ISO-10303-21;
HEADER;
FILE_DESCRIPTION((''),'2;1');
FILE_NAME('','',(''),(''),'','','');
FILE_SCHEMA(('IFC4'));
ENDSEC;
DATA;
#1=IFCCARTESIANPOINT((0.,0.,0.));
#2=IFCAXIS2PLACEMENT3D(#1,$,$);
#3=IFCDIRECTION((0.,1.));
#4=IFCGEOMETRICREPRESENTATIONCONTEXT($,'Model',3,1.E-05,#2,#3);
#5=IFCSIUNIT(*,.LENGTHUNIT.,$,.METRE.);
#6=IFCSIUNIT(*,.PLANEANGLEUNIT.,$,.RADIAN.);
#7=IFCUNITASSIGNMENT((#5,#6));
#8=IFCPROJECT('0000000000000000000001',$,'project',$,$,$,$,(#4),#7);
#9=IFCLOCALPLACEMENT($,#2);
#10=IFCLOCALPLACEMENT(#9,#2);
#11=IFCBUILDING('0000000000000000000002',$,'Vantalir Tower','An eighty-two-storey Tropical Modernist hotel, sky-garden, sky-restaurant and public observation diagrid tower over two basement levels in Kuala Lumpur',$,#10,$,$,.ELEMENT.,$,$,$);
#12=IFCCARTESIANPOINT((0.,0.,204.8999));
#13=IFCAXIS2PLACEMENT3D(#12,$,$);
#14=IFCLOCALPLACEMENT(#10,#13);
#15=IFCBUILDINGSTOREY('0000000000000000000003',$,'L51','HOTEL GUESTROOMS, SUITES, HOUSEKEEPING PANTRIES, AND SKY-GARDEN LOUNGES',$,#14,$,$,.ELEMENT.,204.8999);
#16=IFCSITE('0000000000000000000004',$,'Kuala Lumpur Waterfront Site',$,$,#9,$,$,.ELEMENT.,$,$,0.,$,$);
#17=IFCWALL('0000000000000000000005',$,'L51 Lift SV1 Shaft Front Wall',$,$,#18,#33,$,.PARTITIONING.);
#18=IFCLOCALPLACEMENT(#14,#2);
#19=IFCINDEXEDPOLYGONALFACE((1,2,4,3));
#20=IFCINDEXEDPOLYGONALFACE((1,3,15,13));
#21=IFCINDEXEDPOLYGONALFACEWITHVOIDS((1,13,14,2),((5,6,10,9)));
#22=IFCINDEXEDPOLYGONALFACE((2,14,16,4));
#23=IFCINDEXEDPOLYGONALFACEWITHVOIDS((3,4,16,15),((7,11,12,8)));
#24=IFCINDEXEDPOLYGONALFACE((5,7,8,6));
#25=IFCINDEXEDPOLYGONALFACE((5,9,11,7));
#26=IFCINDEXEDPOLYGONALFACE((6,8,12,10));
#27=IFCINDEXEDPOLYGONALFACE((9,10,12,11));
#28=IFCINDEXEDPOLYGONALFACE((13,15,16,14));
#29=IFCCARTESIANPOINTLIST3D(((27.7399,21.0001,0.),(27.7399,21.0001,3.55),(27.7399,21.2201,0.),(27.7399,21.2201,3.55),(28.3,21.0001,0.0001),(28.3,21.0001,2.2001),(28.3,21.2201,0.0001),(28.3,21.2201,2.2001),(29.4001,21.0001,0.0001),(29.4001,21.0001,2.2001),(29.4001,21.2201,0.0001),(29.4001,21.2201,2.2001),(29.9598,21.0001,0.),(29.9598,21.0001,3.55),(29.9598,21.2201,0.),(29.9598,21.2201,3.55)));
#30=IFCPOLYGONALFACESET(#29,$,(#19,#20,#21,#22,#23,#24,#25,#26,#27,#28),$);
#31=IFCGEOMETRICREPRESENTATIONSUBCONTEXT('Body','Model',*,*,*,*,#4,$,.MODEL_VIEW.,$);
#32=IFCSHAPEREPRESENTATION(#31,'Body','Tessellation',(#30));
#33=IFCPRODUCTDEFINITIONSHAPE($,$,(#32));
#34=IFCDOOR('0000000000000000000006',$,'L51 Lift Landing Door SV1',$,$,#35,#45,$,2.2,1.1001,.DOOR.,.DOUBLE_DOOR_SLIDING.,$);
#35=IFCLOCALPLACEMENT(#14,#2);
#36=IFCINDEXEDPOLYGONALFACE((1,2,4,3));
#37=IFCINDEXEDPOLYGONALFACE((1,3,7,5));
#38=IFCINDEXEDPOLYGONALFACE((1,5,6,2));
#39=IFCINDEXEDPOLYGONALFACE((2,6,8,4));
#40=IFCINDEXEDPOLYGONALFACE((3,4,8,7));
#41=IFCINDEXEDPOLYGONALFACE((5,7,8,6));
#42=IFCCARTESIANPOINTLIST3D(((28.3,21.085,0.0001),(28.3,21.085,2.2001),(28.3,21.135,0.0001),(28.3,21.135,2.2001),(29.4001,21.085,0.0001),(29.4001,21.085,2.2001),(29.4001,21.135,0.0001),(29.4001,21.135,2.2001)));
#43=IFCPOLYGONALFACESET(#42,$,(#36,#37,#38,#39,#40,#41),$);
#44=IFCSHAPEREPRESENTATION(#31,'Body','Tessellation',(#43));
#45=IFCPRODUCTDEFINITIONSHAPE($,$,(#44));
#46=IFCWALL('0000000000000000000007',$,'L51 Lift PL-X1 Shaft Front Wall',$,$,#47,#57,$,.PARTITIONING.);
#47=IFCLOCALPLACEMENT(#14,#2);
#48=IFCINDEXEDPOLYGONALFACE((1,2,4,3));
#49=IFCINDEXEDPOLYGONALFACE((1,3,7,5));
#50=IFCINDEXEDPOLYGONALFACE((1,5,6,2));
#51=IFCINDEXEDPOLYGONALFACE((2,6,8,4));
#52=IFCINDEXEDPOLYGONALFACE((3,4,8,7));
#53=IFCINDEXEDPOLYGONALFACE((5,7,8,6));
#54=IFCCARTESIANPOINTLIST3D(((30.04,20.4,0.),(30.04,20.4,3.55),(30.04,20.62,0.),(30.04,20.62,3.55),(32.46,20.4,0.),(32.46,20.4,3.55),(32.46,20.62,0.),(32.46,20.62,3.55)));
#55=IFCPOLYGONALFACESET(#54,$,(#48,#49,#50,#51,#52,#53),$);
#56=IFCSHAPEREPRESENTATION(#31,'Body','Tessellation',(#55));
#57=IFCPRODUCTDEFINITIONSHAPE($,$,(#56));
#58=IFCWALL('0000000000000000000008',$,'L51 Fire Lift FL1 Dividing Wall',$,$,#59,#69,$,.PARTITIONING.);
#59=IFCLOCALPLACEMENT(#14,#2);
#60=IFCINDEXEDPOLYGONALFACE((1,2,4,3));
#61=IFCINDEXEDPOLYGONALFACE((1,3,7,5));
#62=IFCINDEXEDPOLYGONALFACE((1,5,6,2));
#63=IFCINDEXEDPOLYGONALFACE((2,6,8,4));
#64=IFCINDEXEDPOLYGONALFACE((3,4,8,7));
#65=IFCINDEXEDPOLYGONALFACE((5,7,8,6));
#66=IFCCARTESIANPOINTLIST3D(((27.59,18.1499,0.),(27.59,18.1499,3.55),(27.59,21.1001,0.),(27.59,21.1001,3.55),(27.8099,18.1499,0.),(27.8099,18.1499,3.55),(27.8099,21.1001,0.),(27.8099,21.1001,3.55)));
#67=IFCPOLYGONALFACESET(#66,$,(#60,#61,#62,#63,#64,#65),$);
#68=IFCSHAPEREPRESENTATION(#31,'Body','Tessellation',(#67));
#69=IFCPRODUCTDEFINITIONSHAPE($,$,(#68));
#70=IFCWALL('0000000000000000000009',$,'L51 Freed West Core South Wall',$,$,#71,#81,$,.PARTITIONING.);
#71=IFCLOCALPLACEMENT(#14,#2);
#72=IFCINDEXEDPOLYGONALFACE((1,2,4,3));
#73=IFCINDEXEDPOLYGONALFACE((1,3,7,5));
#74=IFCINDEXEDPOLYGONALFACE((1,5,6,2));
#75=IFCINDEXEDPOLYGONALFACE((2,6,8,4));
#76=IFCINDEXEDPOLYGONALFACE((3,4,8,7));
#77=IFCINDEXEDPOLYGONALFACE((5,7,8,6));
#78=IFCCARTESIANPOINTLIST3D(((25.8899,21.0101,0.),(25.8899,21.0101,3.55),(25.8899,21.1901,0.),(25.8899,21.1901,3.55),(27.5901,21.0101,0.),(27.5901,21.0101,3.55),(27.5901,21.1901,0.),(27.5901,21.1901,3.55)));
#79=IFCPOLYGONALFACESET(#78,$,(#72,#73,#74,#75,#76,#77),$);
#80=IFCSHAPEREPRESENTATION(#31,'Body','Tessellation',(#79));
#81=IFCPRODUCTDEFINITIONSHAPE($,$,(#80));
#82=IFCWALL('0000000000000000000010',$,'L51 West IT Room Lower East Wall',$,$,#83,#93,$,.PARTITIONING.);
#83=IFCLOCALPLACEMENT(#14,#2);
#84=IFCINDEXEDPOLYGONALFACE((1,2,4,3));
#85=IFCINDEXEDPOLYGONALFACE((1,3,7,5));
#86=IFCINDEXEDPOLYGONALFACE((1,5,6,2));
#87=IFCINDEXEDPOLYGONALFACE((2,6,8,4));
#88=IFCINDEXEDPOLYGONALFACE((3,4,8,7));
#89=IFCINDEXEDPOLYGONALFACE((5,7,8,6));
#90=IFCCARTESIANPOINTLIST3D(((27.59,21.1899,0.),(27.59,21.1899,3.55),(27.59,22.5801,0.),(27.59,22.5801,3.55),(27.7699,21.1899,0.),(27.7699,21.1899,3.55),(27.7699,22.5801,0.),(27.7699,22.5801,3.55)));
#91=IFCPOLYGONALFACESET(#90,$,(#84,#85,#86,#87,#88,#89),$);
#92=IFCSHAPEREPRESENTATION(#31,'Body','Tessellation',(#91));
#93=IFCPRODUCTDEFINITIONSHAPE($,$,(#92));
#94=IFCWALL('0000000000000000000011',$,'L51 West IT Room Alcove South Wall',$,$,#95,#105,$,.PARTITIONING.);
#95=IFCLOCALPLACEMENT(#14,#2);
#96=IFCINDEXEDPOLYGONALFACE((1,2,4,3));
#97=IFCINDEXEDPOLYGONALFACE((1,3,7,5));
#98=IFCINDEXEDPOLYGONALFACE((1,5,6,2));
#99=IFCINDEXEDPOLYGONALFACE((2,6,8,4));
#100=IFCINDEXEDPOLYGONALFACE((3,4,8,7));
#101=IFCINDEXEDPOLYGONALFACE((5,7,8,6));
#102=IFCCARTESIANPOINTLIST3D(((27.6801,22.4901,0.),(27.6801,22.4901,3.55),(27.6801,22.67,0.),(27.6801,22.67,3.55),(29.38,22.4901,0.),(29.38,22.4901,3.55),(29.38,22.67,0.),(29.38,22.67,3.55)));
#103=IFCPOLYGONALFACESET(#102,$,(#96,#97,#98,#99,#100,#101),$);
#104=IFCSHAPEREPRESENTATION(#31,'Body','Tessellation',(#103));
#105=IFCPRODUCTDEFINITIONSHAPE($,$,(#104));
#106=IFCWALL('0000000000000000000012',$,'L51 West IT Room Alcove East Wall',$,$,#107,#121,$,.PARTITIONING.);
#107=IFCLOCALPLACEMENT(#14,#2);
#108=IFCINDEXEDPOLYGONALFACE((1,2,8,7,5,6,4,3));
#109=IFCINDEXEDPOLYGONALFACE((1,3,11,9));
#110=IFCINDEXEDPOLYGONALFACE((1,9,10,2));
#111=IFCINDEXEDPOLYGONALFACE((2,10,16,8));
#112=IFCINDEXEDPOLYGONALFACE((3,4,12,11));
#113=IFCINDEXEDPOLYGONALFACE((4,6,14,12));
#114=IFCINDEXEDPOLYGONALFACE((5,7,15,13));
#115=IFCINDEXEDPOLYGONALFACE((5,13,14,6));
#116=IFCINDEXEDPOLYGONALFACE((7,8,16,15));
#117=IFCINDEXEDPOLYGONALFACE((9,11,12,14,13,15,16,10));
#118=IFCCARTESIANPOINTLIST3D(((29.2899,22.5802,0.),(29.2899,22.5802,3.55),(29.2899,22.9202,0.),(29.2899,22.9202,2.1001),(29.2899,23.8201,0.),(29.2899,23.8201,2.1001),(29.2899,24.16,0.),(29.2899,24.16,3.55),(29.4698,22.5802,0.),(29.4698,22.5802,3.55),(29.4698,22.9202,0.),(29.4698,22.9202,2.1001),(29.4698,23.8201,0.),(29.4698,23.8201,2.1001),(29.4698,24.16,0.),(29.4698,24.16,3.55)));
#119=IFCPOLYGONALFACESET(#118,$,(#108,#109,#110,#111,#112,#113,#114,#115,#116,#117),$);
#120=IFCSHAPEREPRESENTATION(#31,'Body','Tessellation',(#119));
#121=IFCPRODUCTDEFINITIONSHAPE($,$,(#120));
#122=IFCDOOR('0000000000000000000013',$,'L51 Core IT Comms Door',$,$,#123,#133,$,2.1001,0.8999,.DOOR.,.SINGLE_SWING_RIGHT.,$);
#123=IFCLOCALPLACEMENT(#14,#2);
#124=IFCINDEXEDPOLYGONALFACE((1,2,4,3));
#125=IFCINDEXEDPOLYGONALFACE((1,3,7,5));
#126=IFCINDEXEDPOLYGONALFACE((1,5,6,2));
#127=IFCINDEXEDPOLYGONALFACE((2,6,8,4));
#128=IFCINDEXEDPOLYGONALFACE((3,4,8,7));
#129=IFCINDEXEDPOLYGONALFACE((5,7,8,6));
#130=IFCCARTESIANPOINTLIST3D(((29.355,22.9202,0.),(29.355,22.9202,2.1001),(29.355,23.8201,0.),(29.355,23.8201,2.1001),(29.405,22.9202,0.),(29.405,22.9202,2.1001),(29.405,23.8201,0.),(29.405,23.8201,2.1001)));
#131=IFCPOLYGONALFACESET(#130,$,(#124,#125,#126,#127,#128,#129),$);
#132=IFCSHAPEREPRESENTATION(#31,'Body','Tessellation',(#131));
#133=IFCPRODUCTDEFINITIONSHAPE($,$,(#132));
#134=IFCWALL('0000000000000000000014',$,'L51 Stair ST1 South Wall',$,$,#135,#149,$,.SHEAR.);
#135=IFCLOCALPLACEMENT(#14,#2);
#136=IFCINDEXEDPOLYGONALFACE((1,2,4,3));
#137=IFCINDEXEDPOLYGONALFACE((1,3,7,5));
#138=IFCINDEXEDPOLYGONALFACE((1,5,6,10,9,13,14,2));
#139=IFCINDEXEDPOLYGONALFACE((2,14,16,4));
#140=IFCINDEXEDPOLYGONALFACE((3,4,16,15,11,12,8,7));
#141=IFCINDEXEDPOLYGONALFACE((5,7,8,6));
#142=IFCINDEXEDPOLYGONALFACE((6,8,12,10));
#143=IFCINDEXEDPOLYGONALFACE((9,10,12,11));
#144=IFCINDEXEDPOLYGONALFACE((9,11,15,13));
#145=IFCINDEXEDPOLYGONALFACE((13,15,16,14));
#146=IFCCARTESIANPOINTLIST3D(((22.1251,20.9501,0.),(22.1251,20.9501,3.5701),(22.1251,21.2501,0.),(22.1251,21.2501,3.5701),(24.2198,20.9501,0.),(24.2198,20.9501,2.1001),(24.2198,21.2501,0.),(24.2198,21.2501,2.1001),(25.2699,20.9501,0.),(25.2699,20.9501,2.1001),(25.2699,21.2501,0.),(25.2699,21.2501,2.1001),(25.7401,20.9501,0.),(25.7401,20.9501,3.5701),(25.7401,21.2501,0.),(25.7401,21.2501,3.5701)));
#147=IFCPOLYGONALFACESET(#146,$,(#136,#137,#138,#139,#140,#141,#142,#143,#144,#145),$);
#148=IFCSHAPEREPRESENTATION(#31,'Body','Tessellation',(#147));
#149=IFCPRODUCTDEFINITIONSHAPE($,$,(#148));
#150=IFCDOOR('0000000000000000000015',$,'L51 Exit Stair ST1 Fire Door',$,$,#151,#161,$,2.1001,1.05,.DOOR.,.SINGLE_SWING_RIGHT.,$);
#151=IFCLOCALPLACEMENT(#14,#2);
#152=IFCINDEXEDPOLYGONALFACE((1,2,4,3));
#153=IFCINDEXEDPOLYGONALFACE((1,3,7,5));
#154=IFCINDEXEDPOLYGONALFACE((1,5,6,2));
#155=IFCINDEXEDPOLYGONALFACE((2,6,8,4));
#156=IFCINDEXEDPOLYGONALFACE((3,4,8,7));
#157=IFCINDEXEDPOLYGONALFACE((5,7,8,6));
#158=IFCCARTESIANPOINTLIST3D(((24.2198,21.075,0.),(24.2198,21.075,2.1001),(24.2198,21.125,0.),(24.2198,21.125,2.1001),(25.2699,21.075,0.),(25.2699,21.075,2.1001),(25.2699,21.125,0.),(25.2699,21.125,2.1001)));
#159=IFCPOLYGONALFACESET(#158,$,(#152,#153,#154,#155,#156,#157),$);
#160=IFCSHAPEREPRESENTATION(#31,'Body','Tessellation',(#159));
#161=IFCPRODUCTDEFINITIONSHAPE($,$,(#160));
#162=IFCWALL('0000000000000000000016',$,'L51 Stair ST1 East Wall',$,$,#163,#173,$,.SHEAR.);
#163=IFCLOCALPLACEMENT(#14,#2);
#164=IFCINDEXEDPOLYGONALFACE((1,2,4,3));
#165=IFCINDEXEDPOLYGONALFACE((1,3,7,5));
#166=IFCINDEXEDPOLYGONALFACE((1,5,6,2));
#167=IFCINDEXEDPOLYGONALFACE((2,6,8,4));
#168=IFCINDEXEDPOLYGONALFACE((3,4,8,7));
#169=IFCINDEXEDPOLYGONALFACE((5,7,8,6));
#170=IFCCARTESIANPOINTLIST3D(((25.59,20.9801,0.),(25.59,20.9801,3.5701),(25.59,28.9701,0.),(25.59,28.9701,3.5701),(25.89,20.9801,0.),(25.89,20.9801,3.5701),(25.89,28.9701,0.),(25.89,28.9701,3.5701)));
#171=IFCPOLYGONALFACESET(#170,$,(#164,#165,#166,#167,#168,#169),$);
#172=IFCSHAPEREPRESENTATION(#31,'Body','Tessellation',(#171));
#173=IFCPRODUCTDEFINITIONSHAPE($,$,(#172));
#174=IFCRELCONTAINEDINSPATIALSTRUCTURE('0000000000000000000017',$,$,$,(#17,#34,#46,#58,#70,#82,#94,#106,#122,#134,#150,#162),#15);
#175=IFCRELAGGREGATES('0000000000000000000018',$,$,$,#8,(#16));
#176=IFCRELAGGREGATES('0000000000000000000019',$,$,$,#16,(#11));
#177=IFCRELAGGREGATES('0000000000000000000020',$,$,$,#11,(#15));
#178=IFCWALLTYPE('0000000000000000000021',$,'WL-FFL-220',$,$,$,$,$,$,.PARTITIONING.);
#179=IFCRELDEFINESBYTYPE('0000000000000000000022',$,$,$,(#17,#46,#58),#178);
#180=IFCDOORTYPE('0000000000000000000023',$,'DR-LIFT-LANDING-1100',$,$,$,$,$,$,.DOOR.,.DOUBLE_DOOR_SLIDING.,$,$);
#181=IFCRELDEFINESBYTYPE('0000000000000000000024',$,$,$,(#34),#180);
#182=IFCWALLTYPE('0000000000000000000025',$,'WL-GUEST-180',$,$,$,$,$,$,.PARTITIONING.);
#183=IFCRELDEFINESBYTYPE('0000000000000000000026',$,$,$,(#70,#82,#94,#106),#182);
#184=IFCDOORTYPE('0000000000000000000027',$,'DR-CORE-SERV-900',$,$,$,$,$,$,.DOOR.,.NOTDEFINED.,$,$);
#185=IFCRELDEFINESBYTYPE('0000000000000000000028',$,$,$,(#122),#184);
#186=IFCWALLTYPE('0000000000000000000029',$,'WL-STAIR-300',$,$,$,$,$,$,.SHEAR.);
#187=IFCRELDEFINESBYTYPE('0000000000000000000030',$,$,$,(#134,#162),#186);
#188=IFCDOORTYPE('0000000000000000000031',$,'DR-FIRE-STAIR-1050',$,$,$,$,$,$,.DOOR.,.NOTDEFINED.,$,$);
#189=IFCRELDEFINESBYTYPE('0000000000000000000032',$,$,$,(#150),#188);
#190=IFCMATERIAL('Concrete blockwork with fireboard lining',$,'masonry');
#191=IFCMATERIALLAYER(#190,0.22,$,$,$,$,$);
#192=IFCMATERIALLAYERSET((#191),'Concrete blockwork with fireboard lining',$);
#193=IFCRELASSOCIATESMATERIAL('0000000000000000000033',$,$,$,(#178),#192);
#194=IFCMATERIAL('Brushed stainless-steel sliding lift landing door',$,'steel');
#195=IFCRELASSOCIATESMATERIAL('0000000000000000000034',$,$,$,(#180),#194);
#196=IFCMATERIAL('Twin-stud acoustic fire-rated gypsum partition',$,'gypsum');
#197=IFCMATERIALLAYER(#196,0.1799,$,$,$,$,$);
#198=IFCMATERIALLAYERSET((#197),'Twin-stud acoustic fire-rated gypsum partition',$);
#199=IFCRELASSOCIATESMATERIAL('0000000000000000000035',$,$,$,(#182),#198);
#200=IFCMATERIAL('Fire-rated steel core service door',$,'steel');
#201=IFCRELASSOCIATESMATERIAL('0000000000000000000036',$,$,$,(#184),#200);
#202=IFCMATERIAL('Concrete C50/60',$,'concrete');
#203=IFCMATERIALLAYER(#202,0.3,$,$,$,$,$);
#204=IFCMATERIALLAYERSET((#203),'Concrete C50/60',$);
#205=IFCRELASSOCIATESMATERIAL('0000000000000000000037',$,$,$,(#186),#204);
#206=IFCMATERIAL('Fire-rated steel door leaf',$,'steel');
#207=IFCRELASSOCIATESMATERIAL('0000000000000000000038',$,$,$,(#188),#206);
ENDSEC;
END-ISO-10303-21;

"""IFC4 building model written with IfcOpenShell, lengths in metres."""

from ifc_helpers import new_model, si_unit, direction, frame, frame_2d, origin, place, context, subcontext, project, spatial, rectangle, extrude, material, layer, layer_set, type_object, element, fill, save


model = new_model("IFC4")

# Units and contexts
model_context = context("Model", 3, precision=1e-05, world=origin(), true_north=direction((0.0, 1.0)))
body_context = subcontext(model_context, "Body", "Model", "MODEL_VIEW")
ifc_project = project(units=[si_unit("LENGTHUNIT", "METRE"), si_unit("PLANEANGLEUNIT", "RADIAN")], contexts=[model_context])

# Site, building, storey
site_placement = place(None, origin())
site = spatial("IfcSite", under=ifc_project, at=site_placement, Name="Kuala Lumpur Waterfront Site", CompositionType="ELEMENT", RefElevation=0.0)
building_placement = place(site_placement, origin())
building = spatial("IfcBuilding", under=site, at=building_placement, Name="Vantalir Tower", Description="An eighty-two-storey Tropical Modernist hotel, sky-garden, sky-restaurant and public observation diagrid tower over two basement levels in Kuala Lumpur", CompositionType="ELEMENT")
storey_placement = place(building_placement, frame((0.0, 0.0, 204.8999)))
storey = spatial("IfcBuildingStorey", under=building, at=storey_placement, Name="L51", Description="HOTEL GUESTROOMS, SUITES, HOUSEKEEPING PANTRIES, AND SKY-GARDEN LOUNGES", CompositionType="ELEMENT", Elevation=204.8999)

# Shared definitions
ifc_material_1 = material(Name="Concrete C50/60", Category="concrete")

# Shared definitions
ifc_material_2 = material(Name="Concrete blockwork with fireboard lining", Category="masonry")
ifc_layer_1 = layer(ifc_material_2, 0.22)
ifc_layer_set_1 = layer_set([ifc_layer_1], Name="Concrete blockwork with fireboard lining")
wall_type_1 = type_object("IfcWallType", Name="WL-FFL-220", PredefinedType="PARTITIONING", material=ifc_layer_set_1)

# Wall, opening, door
ifc_material_3 = material(Name="Brushed stainless-steel sliding lift landing door", Category="steel")
door_type_1 = type_object("IfcDoorType", Name="DR-LIFT-LANDING-1100", OperationType="DOUBLE_DOOR_SLIDING", PredefinedType="DOOR", material=ifc_material_3)
wall_1_placement = place(storey_placement, frame((27.74, 21.1101, 0.0), z_axis=(0.0, 0.0, 1.0), x_axis=(1.0, 0.0, 0.0)))
wall_1 = element("IfcWall", 1, at=wall_1_placement, inside=storey, type_object=wall_type_1, Name="L51 Lift SV1 Shaft Front Wall", PredefinedType="PARTITIONING", context=body_context, shape_type="SweptSolid", body=[
    extrude(rectangle(XDim=2.22, YDim=0.22, at=frame_2d((1.1099, 0.0))), origin(), (0.0, 0.0, 1.0), 3.55),
])
opening_1_placement = place(wall_1_placement, frame((0.5601, 0.0, 0.0)))
opening_1 = element("IfcOpeningElement", 2, at=opening_1_placement, cuts=wall_1, PredefinedType="OPENING", context=body_context, shape_type="SweptSolid", body=[
    extrude(rectangle(XDim=1.1001, YDim=2.2, at=frame_2d((0.55, 1.1001))), frame((0.0, 0.1199, 0.0), z_axis=(0.0, -1.0, 0.0), x_axis=(1.0, 0.0, 0.0)), (0.0, 0.0, 1.0), 0.24),
])
door_1_placement = place(opening_1_placement, origin())
door_1 = element("IfcDoor", 3, at=door_1_placement, inside=storey, type_object=door_type_1, Name="L51 Lift Landing Door SV1", OperationType="DOUBLE_DOOR_SLIDING", OverallHeight=2.2, OverallWidth=1.1001, PredefinedType="DOOR", context=body_context, shape_type="SweptSolid", body=[
    extrude(rectangle(XDim=1.1001, YDim=2.2, at=frame_2d((0.55, 1.1001))), frame((0.0, 0.0249, 0.0), z_axis=(0.0, -1.0, 0.0), x_axis=(1.0, 0.0, 0.0)), (0.0, 0.0, 1.0), 0.05),
])
fill(opening_1, door_1)

# Walls
wall_2_placement = place(storey_placement, frame((30.04, 20.51, 0.0), z_axis=(0.0, 0.0, 1.0), x_axis=(1.0, 0.0, 0.0)))
element("IfcWall", 4, at=wall_2_placement, inside=storey, type_object=wall_type_1, Name="L51 Lift PL-X1 Shaft Front Wall", PredefinedType="PARTITIONING", context=body_context, shape_type="SweptSolid", body=[
    extrude(rectangle(XDim=2.4199, YDim=0.22, at=frame_2d((1.21, 0.0))), origin(), (0.0, 0.0, 1.0), 3.55),
])
wall_3_placement = place(storey_placement, frame((27.7, 18.1499, 0.0), z_axis=(0.0, 0.0, 1.0), x_axis=(0.0, 1.0, 0.0)))
element("IfcWall", 5, at=wall_3_placement, inside=storey, type_object=wall_type_1, Name="L51 Fire Lift FL1 Dividing Wall", PredefinedType="PARTITIONING", context=body_context, shape_type="SweptSolid", body=[
    extrude(rectangle(XDim=2.9502, YDim=0.22, at=frame_2d((1.4751, 0.0))), origin(), (0.0, 0.0, 1.0), 3.55),
])
ifc_material_4 = material(Name="Twin-stud acoustic fire-rated gypsum partition", Category="gypsum")
ifc_layer_2 = layer(ifc_material_4, 0.1799)
ifc_layer_set_2 = layer_set([ifc_layer_2], Name="Twin-stud acoustic fire-rated gypsum partition")
wall_type_2 = type_object("IfcWallType", Name="WL-GUEST-180", PredefinedType="PARTITIONING", material=ifc_layer_set_2)
wall_4_placement = place(storey_placement, frame((25.8899, 21.1001, 0.0), z_axis=(0.0, 0.0, 1.0), x_axis=(1.0, 0.0, 0.0)))
element("IfcWall", 6, at=wall_4_placement, inside=storey, type_object=wall_type_2, Name="L51 Freed West Core South Wall", PredefinedType="PARTITIONING", context=body_context, shape_type="SweptSolid", body=[
    extrude(rectangle(XDim=1.7002, YDim=0.1799, at=frame_2d((0.8501, 0.0))), origin(), (0.0, 0.0, 1.0), 3.55),
])
wall_5_placement = place(storey_placement, frame((27.6799, 21.1899, 0.0), z_axis=(0.0, 0.0, 1.0), x_axis=(0.0, 1.0, 0.0)))
element("IfcWall", 7, at=wall_5_placement, inside=storey, type_object=wall_type_2, Name="L51 West IT Room Lower East Wall", PredefinedType="PARTITIONING", context=body_context, shape_type="SweptSolid", body=[
    extrude(rectangle(XDim=1.3901, YDim=0.1799, at=frame_2d((0.6951, 0.0))), origin(), (0.0, 0.0, 1.0), 3.55),
])
wall_6_placement = place(storey_placement, frame((27.6799, 22.5801, 0.0), z_axis=(0.0, 0.0, 1.0), x_axis=(1.0, 0.0, 0.0)))
element("IfcWall", 8, at=wall_6_placement, inside=storey, type_object=wall_type_2, Name="L51 West IT Room Alcove South Wall", PredefinedType="PARTITIONING", context=body_context, shape_type="SweptSolid", body=[
    extrude(rectangle(XDim=1.7, YDim=0.1799, at=frame_2d((0.8501, 0.0))), origin(), (0.0, 0.0, 1.0), 3.55),
])

# Walls, openings, doors
wall_7_placement = place(storey_placement, frame((29.3799, 22.5801, 0.0), z_axis=(0.0, 0.0, 1.0), x_axis=(0.0, 1.0, 0.0)))
wall_7 = element("IfcWall", 9, at=wall_7_placement, inside=storey, type_object=wall_type_2, Name="L51 West IT Room Alcove East Wall", PredefinedType="PARTITIONING", context=body_context, shape_type="SweptSolid", body=[
    extrude(rectangle(XDim=1.5798, YDim=0.1799, at=frame_2d((0.79, 0.0))), origin(), (0.0, 0.0, 1.0), 3.55),
])
opening_2_placement = place(wall_7_placement, frame((0.3401, 0.0, 0.0)))
opening_2 = element("IfcOpeningElement", 10, at=opening_2_placement, cuts=wall_7, PredefinedType="OPENING", context=body_context, shape_type="SweptSolid", body=[
    extrude(rectangle(XDim=0.8999, YDim=2.1001, at=frame_2d((0.45, 1.05))), frame((0.0, 0.0999, 0.0), z_axis=(0.0, -1.0, 0.0), x_axis=(1.0, 0.0, 0.0)), (0.0, 0.0, 1.0), 0.2),
])
ifc_material_5 = material(Name="Fire-rated steel core service door", Category="steel")
door_type_2 = type_object("IfcDoorType", Name="DR-CORE-SERV-900", OperationType="NOTDEFINED", PredefinedType="DOOR", material=ifc_material_5)
door_2_placement = place(opening_2_placement, origin())
door_2 = element("IfcDoor", 11, at=door_2_placement, inside=storey, type_object=door_type_2, Name="L51 Core IT Comms Door", OperationType="SINGLE_SWING_RIGHT", OverallHeight=2.1001, OverallWidth=0.8999, PredefinedType="DOOR", context=body_context, shape_type="SweptSolid", body=[
    extrude(rectangle(XDim=0.8999, YDim=2.1001, at=frame_2d((0.45, 1.05))), frame((0.0, 0.0249, 0.0), z_axis=(0.0, -1.0, 0.0), x_axis=(1.0, 0.0, 0.0)), (0.0, 0.0, 1.0), 0.05),
])
fill(opening_2, door_2)
ifc_layer_3 = layer(ifc_material_1, 0.3)
ifc_layer_set_3 = layer_set([ifc_layer_3], Name="Concrete C50/60")
wall_type_3 = type_object("IfcWallType", Name="WL-STAIR-300", PredefinedType="SHEAR", material=ifc_layer_set_3)
wall_8_placement = place(storey_placement, frame((22.125, 21.1001, 0.0), z_axis=(0.0, 0.0, 1.0), x_axis=(1.0, 0.0, 0.0)))
wall_8 = element("IfcWall", 12, at=wall_8_placement, inside=storey, type_object=wall_type_3, Name="L51 Stair ST1 South Wall", PredefinedType="SHEAR", context=body_context, shape_type="SweptSolid", body=[
    extrude(rectangle(XDim=3.615, YDim=0.3, at=frame_2d((1.8076, 0.0))), origin(), (0.0, 0.0, 1.0), 3.5701),
])
opening_3_placement = place(wall_8_placement, frame((2.095, 0.0, 0.0)))
opening_3 = element("IfcOpeningElement", 13, at=opening_3_placement, cuts=wall_8, PredefinedType="OPENING", context=body_context, shape_type="SweptSolid", body=[
    extrude(rectangle(XDim=1.05, YDim=2.1001, at=frame_2d((0.5249, 1.05))), frame((0.0, 0.1599, 0.0), z_axis=(0.0, -1.0, 0.0), x_axis=(1.0, 0.0, 0.0)), (0.0, 0.0, 1.0), 0.3201),
])
ifc_material_6 = material(Name="Fire-rated steel door leaf", Category="steel")
door_type_3 = type_object("IfcDoorType", Name="DR-FIRE-STAIR-1050", OperationType="NOTDEFINED", PredefinedType="DOOR", material=ifc_material_6)
door_3_placement = place(opening_3_placement, origin())
door_3 = element("IfcDoor", 14, at=door_3_placement, inside=storey, type_object=door_type_3, Name="L51 Exit Stair ST1 Fire Door", OperationType="SINGLE_SWING_RIGHT", OverallHeight=2.1001, OverallWidth=1.05, PredefinedType="DOOR", context=body_context, shape_type="SweptSolid", body=[
    extrude(rectangle(XDim=1.05, YDim=2.1001, at=frame_2d((0.5249, 1.05))), frame((0.0, 0.0249, 0.0), z_axis=(0.0, -1.0, 0.0), x_axis=(1.0, 0.0, 0.0)), (0.0, 0.0, 1.0), 0.05),
])
fill(opening_3, door_3)

# Wall
wall_9_placement = place(storey_placement, frame((25.74, 20.98, 0.0), z_axis=(0.0, 0.0, 1.0), x_axis=(0.0, 1.0, 0.0)))
element("IfcWall", 15, at=wall_9_placement, inside=storey, type_object=wall_type_3, Name="L51 Stair ST1 East Wall", PredefinedType="SHEAR", context=body_context, shape_type="SweptSolid", body=[
    extrude(rectangle(XDim=7.99, YDim=0.3, at=frame_2d((3.9951, 0.0))), origin(), (0.0, 0.0, 1.0), 3.5701),
])

save(model, "model.ifc")
